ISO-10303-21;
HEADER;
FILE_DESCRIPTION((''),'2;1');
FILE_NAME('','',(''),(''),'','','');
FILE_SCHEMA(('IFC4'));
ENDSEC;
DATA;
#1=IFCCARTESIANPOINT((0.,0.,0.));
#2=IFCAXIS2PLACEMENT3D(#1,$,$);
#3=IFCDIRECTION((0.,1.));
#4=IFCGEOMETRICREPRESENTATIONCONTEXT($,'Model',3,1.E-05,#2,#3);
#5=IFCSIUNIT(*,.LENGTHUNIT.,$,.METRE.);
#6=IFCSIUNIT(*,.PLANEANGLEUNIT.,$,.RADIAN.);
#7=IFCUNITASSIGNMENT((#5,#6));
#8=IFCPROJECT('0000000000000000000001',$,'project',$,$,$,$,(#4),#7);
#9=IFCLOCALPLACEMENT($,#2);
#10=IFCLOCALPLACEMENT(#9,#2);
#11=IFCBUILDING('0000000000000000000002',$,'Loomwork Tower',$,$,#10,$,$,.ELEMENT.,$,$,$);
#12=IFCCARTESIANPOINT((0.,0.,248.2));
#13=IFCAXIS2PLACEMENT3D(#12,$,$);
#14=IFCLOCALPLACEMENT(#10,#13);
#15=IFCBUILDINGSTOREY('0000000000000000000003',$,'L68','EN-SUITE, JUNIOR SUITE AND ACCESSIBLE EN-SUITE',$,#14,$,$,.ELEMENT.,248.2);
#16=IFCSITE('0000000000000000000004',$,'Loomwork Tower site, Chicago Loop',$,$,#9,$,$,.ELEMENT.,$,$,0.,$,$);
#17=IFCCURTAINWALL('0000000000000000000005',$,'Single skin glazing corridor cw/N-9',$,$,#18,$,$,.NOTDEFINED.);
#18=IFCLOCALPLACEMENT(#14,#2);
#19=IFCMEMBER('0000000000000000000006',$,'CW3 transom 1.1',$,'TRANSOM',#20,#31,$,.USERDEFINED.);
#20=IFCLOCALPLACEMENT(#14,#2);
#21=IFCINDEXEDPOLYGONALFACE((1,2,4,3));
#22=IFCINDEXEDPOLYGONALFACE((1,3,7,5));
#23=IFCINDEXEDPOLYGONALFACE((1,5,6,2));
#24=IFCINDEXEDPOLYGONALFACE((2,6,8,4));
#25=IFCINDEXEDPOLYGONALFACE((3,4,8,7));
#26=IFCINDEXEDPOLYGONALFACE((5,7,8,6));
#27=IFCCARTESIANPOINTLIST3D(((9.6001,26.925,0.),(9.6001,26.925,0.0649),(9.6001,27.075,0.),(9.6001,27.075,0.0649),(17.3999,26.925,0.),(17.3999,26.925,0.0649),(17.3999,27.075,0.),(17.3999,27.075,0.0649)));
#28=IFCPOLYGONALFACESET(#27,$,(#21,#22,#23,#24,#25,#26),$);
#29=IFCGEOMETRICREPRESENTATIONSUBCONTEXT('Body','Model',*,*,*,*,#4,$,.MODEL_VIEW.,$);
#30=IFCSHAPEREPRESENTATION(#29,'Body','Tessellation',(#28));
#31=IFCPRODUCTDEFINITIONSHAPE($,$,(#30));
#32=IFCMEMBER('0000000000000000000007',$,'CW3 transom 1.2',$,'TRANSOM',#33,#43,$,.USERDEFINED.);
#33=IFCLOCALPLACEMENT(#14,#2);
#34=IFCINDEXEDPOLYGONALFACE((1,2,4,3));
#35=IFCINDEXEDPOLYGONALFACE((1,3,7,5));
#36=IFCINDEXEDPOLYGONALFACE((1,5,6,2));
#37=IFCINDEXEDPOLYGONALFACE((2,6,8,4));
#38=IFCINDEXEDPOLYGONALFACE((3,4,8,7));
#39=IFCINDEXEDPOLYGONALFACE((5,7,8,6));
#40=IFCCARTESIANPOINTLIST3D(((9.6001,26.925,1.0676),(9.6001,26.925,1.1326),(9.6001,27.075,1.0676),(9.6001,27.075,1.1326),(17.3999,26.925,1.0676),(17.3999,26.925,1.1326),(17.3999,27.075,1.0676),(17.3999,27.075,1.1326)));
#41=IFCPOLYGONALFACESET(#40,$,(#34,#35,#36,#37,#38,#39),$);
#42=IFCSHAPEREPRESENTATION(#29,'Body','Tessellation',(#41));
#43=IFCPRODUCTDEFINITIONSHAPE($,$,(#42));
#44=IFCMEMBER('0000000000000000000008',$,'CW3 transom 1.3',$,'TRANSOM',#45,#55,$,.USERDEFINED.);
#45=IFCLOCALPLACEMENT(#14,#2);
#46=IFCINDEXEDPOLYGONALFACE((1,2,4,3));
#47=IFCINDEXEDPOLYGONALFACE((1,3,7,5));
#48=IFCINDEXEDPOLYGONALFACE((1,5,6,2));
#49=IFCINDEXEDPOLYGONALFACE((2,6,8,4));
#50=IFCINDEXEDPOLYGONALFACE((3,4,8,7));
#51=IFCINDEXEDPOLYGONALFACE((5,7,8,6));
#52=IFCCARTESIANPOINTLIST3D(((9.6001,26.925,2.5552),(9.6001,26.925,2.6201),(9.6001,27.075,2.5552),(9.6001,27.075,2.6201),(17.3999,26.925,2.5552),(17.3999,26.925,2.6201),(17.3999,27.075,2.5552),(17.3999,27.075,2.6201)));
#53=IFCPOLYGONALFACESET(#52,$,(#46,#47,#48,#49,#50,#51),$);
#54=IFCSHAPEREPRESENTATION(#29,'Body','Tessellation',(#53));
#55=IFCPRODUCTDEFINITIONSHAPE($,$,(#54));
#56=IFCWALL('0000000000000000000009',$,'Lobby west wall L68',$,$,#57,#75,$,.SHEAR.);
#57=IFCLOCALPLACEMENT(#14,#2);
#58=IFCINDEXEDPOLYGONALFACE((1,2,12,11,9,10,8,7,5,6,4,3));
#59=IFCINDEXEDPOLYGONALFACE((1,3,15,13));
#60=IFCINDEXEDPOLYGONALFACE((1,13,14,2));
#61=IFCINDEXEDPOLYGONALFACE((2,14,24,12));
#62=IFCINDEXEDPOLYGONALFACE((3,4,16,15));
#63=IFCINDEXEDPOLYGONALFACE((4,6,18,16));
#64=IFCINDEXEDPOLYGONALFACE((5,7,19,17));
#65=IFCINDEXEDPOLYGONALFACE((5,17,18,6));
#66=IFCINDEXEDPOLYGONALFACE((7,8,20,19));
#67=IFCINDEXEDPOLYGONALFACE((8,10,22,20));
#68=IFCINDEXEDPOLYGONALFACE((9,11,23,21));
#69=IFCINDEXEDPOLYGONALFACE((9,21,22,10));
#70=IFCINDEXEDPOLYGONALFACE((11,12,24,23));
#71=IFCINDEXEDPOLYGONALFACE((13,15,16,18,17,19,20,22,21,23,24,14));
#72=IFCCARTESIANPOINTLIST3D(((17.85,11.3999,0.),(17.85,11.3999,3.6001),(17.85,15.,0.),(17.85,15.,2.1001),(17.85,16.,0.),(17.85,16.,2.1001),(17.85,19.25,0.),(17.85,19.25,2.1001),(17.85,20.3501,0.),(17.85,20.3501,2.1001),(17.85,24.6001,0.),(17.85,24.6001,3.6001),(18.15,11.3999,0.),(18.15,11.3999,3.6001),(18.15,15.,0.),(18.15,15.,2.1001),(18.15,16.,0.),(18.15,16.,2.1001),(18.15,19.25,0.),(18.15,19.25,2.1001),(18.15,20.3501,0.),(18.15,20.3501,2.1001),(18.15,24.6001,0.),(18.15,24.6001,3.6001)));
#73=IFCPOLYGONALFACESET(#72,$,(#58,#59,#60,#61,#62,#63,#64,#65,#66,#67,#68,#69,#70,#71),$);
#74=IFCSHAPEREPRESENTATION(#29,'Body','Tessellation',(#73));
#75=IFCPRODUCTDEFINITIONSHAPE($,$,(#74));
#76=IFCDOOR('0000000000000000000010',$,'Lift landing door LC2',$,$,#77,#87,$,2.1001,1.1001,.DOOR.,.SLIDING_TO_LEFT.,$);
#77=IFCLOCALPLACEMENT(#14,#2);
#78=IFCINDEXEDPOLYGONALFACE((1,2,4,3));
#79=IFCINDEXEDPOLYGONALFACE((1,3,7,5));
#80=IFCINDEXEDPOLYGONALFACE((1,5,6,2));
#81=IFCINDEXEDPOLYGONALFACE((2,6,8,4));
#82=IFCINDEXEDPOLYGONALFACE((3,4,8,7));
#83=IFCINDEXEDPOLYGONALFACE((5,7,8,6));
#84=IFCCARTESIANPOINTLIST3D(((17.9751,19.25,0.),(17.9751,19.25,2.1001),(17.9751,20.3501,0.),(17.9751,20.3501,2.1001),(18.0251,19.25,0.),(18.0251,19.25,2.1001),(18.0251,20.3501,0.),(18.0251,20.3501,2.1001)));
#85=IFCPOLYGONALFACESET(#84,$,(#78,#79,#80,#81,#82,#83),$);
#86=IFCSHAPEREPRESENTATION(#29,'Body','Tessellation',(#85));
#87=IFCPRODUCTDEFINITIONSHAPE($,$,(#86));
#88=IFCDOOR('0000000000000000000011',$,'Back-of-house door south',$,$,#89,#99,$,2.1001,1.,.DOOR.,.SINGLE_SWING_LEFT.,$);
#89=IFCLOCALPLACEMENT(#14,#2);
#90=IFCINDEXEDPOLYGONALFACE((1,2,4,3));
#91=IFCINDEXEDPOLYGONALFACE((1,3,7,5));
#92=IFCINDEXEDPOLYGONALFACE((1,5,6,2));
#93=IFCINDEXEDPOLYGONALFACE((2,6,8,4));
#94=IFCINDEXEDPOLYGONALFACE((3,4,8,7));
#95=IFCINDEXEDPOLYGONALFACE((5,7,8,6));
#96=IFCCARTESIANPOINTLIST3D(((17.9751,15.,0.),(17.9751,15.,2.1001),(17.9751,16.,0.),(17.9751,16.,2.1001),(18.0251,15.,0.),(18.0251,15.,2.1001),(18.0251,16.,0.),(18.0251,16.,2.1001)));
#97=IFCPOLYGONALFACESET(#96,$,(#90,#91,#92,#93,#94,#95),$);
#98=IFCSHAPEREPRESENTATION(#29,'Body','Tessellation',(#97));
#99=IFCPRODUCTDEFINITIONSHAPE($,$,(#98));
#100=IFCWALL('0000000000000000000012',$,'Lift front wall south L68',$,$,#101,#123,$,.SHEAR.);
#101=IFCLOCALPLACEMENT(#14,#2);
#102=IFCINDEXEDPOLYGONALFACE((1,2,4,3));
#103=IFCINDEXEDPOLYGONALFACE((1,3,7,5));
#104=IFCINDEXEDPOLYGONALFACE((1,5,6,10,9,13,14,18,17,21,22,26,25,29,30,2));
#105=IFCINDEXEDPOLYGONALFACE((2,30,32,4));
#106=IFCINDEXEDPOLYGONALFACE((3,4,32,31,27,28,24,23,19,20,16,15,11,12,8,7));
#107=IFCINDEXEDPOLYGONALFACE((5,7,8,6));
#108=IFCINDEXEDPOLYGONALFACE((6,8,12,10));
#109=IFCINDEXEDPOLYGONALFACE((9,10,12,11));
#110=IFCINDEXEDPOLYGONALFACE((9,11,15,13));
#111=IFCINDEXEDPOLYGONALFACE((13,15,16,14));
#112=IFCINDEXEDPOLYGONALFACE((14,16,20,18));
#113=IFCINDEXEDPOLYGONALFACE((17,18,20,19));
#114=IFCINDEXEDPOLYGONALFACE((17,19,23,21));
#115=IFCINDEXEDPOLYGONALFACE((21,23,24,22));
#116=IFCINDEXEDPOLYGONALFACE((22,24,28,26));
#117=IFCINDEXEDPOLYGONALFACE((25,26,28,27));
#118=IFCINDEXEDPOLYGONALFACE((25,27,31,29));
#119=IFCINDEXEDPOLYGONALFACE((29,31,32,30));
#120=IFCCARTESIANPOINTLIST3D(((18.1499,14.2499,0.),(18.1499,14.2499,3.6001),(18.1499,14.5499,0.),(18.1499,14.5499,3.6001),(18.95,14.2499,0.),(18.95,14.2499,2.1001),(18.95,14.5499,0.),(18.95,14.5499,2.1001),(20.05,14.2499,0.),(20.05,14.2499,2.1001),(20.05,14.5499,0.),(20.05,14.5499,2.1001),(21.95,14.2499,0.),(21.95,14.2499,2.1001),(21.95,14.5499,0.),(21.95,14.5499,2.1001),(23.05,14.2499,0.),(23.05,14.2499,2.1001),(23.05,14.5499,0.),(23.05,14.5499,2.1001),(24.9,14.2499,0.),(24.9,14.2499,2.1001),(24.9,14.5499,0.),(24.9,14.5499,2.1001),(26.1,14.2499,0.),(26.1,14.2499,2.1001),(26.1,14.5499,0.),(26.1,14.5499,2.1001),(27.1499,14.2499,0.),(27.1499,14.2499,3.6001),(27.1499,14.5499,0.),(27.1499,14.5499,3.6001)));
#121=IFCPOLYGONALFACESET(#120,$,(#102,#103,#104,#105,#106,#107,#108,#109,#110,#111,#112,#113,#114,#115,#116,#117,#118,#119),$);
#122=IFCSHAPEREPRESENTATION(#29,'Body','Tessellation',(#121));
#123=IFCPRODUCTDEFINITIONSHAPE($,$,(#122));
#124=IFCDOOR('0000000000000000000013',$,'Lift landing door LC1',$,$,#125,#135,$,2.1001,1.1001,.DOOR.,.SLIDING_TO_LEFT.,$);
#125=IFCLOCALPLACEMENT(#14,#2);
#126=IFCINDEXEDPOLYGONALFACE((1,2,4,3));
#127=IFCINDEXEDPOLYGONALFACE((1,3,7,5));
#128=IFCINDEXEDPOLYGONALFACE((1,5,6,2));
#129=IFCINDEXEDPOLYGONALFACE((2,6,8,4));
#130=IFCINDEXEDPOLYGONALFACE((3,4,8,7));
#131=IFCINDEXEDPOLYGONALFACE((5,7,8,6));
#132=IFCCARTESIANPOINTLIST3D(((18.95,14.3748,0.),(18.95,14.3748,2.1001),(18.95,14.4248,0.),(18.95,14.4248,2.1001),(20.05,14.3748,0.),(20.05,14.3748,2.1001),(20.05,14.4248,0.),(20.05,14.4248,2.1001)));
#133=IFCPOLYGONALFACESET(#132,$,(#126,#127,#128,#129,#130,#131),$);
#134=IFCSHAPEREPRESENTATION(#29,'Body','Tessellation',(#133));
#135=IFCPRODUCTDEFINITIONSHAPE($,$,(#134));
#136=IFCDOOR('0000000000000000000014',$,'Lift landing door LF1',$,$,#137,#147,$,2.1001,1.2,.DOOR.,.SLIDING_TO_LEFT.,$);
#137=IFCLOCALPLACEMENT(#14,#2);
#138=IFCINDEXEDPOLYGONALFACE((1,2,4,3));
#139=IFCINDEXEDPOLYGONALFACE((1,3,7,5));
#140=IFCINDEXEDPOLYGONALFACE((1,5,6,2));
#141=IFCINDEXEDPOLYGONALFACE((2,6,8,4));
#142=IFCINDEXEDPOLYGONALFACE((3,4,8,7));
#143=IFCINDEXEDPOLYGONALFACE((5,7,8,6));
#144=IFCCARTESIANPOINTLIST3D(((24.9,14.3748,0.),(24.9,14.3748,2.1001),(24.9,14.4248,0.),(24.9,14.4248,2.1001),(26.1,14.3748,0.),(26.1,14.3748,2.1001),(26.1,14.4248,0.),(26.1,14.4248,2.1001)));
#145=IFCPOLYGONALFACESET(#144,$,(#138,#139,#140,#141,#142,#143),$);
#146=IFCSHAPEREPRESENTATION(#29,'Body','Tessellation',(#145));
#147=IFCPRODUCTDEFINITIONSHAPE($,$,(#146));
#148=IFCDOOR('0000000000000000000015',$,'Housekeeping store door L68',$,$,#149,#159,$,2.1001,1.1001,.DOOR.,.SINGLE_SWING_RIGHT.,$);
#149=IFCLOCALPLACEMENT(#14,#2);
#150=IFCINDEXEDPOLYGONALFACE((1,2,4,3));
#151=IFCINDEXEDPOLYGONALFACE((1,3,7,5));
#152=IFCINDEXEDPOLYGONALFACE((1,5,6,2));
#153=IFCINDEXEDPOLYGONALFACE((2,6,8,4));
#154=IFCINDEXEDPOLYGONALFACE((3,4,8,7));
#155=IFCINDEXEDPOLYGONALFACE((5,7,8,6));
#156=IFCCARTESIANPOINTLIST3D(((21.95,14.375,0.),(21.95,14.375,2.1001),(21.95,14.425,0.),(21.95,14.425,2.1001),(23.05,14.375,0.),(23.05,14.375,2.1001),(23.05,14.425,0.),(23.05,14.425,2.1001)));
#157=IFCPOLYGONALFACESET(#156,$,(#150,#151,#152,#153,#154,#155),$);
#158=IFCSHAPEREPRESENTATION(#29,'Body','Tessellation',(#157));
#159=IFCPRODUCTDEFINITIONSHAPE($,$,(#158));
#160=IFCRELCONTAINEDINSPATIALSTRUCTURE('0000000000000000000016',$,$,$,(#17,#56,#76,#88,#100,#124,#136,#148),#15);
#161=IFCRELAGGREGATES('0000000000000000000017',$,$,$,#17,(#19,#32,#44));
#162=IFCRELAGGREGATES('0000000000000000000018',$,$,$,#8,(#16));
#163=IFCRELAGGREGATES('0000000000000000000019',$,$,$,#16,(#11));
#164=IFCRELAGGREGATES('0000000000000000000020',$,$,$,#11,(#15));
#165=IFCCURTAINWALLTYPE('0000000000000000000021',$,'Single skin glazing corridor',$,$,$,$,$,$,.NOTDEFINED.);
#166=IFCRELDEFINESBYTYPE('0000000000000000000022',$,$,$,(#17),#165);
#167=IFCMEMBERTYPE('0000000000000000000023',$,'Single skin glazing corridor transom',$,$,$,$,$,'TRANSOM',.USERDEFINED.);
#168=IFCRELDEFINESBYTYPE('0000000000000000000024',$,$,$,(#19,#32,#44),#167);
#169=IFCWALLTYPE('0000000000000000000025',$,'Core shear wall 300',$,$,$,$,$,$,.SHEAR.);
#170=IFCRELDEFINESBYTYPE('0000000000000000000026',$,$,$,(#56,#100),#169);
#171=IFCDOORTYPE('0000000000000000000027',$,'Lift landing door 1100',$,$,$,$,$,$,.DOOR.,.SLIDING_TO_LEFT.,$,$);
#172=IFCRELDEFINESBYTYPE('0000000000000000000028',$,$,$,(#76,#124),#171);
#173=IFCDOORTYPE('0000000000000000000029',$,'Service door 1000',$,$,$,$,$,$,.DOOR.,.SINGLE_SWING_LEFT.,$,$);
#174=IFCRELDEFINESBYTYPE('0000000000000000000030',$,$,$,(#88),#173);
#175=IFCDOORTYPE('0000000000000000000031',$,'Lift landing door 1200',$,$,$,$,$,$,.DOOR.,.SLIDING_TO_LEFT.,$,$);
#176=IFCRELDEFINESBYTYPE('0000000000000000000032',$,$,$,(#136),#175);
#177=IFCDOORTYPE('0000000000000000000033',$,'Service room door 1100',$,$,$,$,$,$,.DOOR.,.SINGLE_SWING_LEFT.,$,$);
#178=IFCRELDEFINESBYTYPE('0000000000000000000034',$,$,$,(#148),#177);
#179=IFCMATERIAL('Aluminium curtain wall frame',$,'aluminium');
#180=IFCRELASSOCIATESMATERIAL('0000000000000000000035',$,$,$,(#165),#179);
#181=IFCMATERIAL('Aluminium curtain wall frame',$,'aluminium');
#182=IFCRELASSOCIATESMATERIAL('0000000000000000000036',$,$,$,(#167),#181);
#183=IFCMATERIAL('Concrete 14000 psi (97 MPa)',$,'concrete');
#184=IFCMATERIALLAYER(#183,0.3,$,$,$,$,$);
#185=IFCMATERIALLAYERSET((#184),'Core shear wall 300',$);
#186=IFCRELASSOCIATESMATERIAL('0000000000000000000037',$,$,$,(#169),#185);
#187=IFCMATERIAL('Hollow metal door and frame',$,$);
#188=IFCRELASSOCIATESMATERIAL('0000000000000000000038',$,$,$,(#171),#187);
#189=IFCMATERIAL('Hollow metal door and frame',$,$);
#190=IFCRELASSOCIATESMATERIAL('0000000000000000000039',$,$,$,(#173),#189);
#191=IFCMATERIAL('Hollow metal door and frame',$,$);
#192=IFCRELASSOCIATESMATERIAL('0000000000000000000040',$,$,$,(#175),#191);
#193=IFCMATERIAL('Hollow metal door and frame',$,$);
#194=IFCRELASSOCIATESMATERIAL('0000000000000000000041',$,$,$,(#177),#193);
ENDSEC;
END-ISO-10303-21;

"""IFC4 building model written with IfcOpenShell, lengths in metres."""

from ifc_helpers import new_model, si_unit, direction, frame, frame_2d, origin, origin_2d, place, context, subcontext, project, spatial, rectangle, extrude, material, layer, layer_set, material_profile, profile_set, type_object, element, fill, aggregate, save


model = new_model("IFC4")

# Units and contexts
model_context = context("Model", 3, precision=1e-05, world=origin(), true_north=direction((0.0, 1.0)))
body_context = subcontext(model_context, "Body", "Model", "MODEL_VIEW")
ifc_project = project(units=[si_unit("LENGTHUNIT", "METRE"), si_unit("PLANEANGLEUNIT", "RADIAN")], contexts=[model_context])

# Site, building, storey
site_placement = place(None, origin())
site = spatial("IfcSite", under=ifc_project, at=site_placement, Name="Loomwork Tower site, Chicago Loop", CompositionType="ELEMENT", RefElevation=0.0)
building_placement = place(site_placement, origin())
building = spatial("IfcBuilding", under=site, at=building_placement, Name="Loomwork Tower", CompositionType="ELEMENT")
storey_placement = place(building_placement, frame((0.0, 0.0, 248.2)))
storey = spatial("IfcBuildingStorey", under=building, at=storey_placement, Name="L68", Description="EN-SUITE, JUNIOR SUITE AND ACCESSIBLE EN-SUITE", CompositionType="ELEMENT", Elevation=248.2)

# Curtain wall, members
ifc_material_1 = material(Name="Aluminium curtain wall frame", Category="aluminium")
curtain_wall_type = type_object("IfcCurtainWallType", Name="Single skin glazing corridor", PredefinedType="NOTDEFINED", material=ifc_material_1)
curtain_wall_placement = place(storey_placement, origin())
curtain_wall = element("IfcCurtainWall", 1, at=curtain_wall_placement, inside=storey, type_object=curtain_wall_type, Name="Single skin glazing corridor cw/N-9", PredefinedType="NOTDEFINED")
ifc_material_2 = material(Name="Aluminium curtain wall frame", Category="aluminium")
ifc_material_profile = material_profile(ifc_material_2, rectangle(XDim=0.1499, YDim=0.0649, at=origin_2d()), Name="AL 65x150")
ifc_profile_set = profile_set([ifc_material_profile], Name="Aluminium curtain wall frame")
member_type = type_object("IfcMemberType", Name="Single skin glazing corridor transom", ElementType="TRANSOM", PredefinedType="USERDEFINED", material=ifc_profile_set)
member_1_placement = place(storey_placement, frame((17.3999, 27.0, 0.0325), z_axis=(-1.0, 0.0, 0.0), x_axis=(0.0, -1.0, 0.0)))
member_1 = element("IfcMember", 2, at=member_1_placement, type_object=member_type, Name="CW3 transom 1.1", ObjectType="TRANSOM", PredefinedType="USERDEFINED", context=body_context, shape_type="SweptSolid", body=[
    extrude(rectangle(XDim=0.1499, YDim=0.0649, at=origin_2d()), origin(), (0.0, 0.0, 1.0), 7.7998),
])
member_2_placement = place(storey_placement, frame((17.3999, 27.0, 1.1001), z_axis=(-1.0, 0.0, 0.0), x_axis=(0.0, -1.0, 0.0)))
member_2 = element("IfcMember", 3, at=member_2_placement, type_object=member_type, Name="CW3 transom 1.2", ObjectType="TRANSOM", PredefinedType="USERDEFINED", context=body_context, shape_type="SweptSolid", body=[
    extrude(rectangle(XDim=0.1499, YDim=0.0649, at=origin_2d()), origin(), (0.0, 0.0, 1.0), 7.7998),
])
member_3_placement = place(storey_placement, frame((17.3999, 27.0, 2.5876), z_axis=(-1.0, 0.0, 0.0), x_axis=(0.0, -1.0, 0.0)))
member_3 = element("IfcMember", 4, at=member_3_placement, type_object=member_type, Name="CW3 transom 1.3", ObjectType="TRANSOM", PredefinedType="USERDEFINED", context=body_context, shape_type="SweptSolid", body=[
    extrude(rectangle(XDim=0.1499, YDim=0.0649, at=origin_2d()), origin(), (0.0, 0.0, 1.0), 7.7998),
])
aggregate(curtain_wall, [member_1, member_2, member_3])

# Walls, openings, doors
ifc_material_3 = material(Name="Concrete 14000 psi (97 MPa)", Category="concrete")
ifc_layer_1 = layer(ifc_material_3, 0.3)
ifc_layer_set_1 = layer_set([ifc_layer_1], Name="Core shear wall 300")
wall_type_1 = type_object("IfcWallType", Name="Core shear wall 300", PredefinedType="SHEAR", material=ifc_layer_set_1)
wall_1_placement = place(storey_placement, frame((18.0, 11.3999, 0.0), z_axis=(0.0, 0.0, 1.0), x_axis=(0.0, 1.0, 0.0)))
wall_1 = element("IfcWall", 5, at=wall_1_placement, inside=storey, type_object=wall_type_1, Name="Lobby west wall L68", PredefinedType="SHEAR", context=body_context, shape_type="SweptSolid", body=[
    extrude(rectangle(XDim=13.2002, YDim=0.3, at=frame_2d((6.6001, 0.0))), origin(), (0.0, 0.0, 1.0), 3.6001),
])
opening_1_placement = place(wall_1_placement, frame((3.6001, 0.0, 0.0)))
opening_1 = element("IfcOpeningElement", 6, at=opening_1_placement, cuts=wall_1, PredefinedType="OPENING", context=body_context, shape_type="SweptSolid", body=[
    extrude(rectangle(XDim=1.0, YDim=2.1001, at=frame_2d((0.5, 1.05))), frame((0.0, 0.1599, 0.0), z_axis=(0.0, -1.0, 0.0), x_axis=(1.0, 0.0, 0.0)), (0.0, 0.0, 1.0), 0.3201),
])
opening_2_placement = place(wall_1_placement, frame((7.8501, 0.0, 0.0)))
opening_2 = element("IfcOpeningElement", 7, at=opening_2_placement, cuts=wall_1, PredefinedType="OPENING", context=body_context, shape_type="SweptSolid", body=[
    extrude(rectangle(XDim=1.1001, YDim=2.1001, at=frame_2d((0.55, 1.05))), frame((0.0, 0.1599, 0.0), z_axis=(0.0, -1.0, 0.0), x_axis=(1.0, 0.0, 0.0)), (0.0, 0.0, 1.0), 0.3201),
])
ifc_material_4 = material(Name="Hollow metal door and frame")
door_type_1 = type_object("IfcDoorType", Name="Lift landing door 1100", OperationType="SLIDING_TO_LEFT", PredefinedType="DOOR", material=ifc_material_4)
door_1_placement = place(opening_2_placement, origin())
door_1 = element("IfcDoor", 8, at=door_1_placement, inside=storey, type_object=door_type_1, Name="Lift landing door LC2", OperationType="SLIDING_TO_LEFT", OverallHeight=2.1001, OverallWidth=1.1001, PredefinedType="DOOR", context=body_context, shape_type="SweptSolid", body=[
    extrude(rectangle(XDim=1.1001, YDim=2.1001, at=frame_2d((0.55, 1.05))), frame((0.0, 0.0249, 0.0), z_axis=(0.0, -1.0, 0.0), x_axis=(1.0, 0.0, 0.0)), (0.0, 0.0, 1.0), 0.05),
])
fill(opening_2, door_1)
ifc_material_5 = material(Name="Hollow metal door and frame")
door_type_2 = type_object("IfcDoorType", Name="Service door 1000", OperationType="SINGLE_SWING_LEFT", PredefinedType="DOOR", material=ifc_material_5)
door_2_placement = place(opening_1_placement, origin())
door_2 = element("IfcDoor", 9, at=door_2_placement, inside=storey, type_object=door_type_2, Name="Back-of-house door south", OperationType="SINGLE_SWING_LEFT", OverallHeight=2.1001, OverallWidth=1.0, PredefinedType="DOOR", context=body_context, shape_type="SweptSolid", body=[
    extrude(rectangle(XDim=1.0, YDim=2.1001, at=frame_2d((0.5, 1.05))), frame((0.0, 0.0249, 0.0), z_axis=(0.0, -1.0, 0.0), x_axis=(1.0, 0.0, 0.0)), (0.0, 0.0, 1.0), 0.05),
])
fill(opening_1, door_2)
wall_2_placement = place(storey_placement, frame((18.1499, 14.3999, 0.0), z_axis=(0.0, 0.0, 1.0), x_axis=(1.0, 0.0, 0.0)))
wall_2 = element("IfcWall", 10, at=wall_2_placement, inside=storey, type_object=wall_type_1, Name="Lift front wall south L68", PredefinedType="SHEAR", context=body_context, shape_type="SweptSolid", body=[
    extrude(rectangle(XDim=9.0, YDim=0.3, at=frame_2d((4.5, 0.0))), origin(), (0.0, 0.0, 1.0), 3.6001),
])
opening_3_placement = place(wall_2_placement, frame((0.8, 0.0, 0.0)))
opening_3 = element("IfcOpeningElement", 11, at=opening_3_placement, cuts=wall_2, PredefinedType="OPENING", context=body_context, shape_type="SweptSolid", body=[
    extrude(rectangle(XDim=1.1001, YDim=2.1001, at=frame_2d((0.55, 1.05))), frame((0.0, 0.1599, 0.0), z_axis=(0.0, -1.0, 0.0), x_axis=(1.0, 0.0, 0.0)), (0.0, 0.0, 1.0), 0.3201),
])
opening_4_placement = place(wall_2_placement, frame((6.75, 0.0, 0.0)))
opening_4 = element("IfcOpeningElement", 12, at=opening_4_placement, cuts=wall_2, PredefinedType="OPENING", context=body_context, shape_type="SweptSolid", body=[
    extrude(rectangle(XDim=1.2, YDim=2.1001, at=frame_2d((0.6001, 1.05))), frame((0.0, 0.1599, 0.0), z_axis=(0.0, -1.0, 0.0), x_axis=(1.0, 0.0, 0.0)), (0.0, 0.0, 1.0), 0.3201),
])
opening_5_placement = place(wall_2_placement, frame((3.8, 0.0, 0.0)))
opening_5 = element("IfcOpeningElement", 13, at=opening_5_placement, cuts=wall_2, PredefinedType="OPENING", context=body_context, shape_type="SweptSolid", body=[
    extrude(rectangle(XDim=1.1001, YDim=2.1001, at=frame_2d((0.55, 1.05))), frame((0.0, 0.1599, 0.0), z_axis=(0.0, -1.0, 0.0), x_axis=(1.0, 0.0, 0.0)), (0.0, 0.0, 1.0), 0.3201),
])
door_3_placement = place(opening_3_placement, origin())
door_3 = element("IfcDoor", 14, at=door_3_placement, inside=storey, type_object=door_type_1, Name="Lift landing door LC1", OperationType="SLIDING_TO_LEFT", OverallHeight=2.1001, OverallWidth=1.1001, PredefinedType="DOOR", context=body_context, shape_type="SweptSolid", body=[
    extrude(rectangle(XDim=1.1001, YDim=2.1001, at=frame_2d((0.55, 1.05))), frame((0.0, 0.0249, 0.0), z_axis=(0.0, -1.0, 0.0), x_axis=(1.0, 0.0, 0.0)), (0.0, 0.0, 1.0), 0.05),
])
fill(opening_3, door_3)
ifc_material_6 = material(Name="Hollow metal door and frame")
door_type_3 = type_object("IfcDoorType", Name="Lift landing door 1200", OperationType="SLIDING_TO_LEFT", PredefinedType="DOOR", material=ifc_material_6)
door_4_placement = place(opening_4_placement, origin())
door_4 = element("IfcDoor", 15, at=door_4_placement, inside=storey, type_object=door_type_3, Name="Lift landing door LF1", OperationType="SLIDING_TO_LEFT", OverallHeight=2.1001, OverallWidth=1.2, PredefinedType="DOOR", context=body_context, shape_type="SweptSolid", body=[
    extrude(rectangle(XDim=1.2, YDim=2.1001, at=frame_2d((0.6001, 1.05))), frame((0.0, 0.0249, 0.0), z_axis=(0.0, -1.0, 0.0), x_axis=(1.0, 0.0, 0.0)), (0.0, 0.0, 1.0), 0.05),
])
fill(opening_4, door_4)
ifc_material_7 = material(Name="Hollow metal door and frame")
door_type_4 = type_object("IfcDoorType", Name="Service room door 1100", OperationType="SINGLE_SWING_LEFT", PredefinedType="DOOR", material=ifc_material_7)
door_5_placement = place(opening_5_placement, frame((1.1001, 0.0, 0.0), z_axis=(0.0, 0.0, 1.0), x_axis=(-1.0, 0.0, 0.0)))
door_5 = element("IfcDoor", 16, at=door_5_placement, inside=storey, type_object=door_type_4, Name="Housekeeping store door L68", OperationType="SINGLE_SWING_RIGHT", OverallHeight=2.1001, OverallWidth=1.1001, PredefinedType="DOOR", context=body_context, shape_type="SweptSolid", body=[
    extrude(rectangle(XDim=1.1001, YDim=2.1001, at=frame_2d((0.55, 1.05))), frame((0.0, 0.0249, 0.0), z_axis=(0.0, -1.0, 0.0), x_axis=(1.0, 0.0, 0.0)), (0.0, 0.0, 1.0), 0.05),
])
fill(opening_5, door_5)

save(model, "model.ifc")
